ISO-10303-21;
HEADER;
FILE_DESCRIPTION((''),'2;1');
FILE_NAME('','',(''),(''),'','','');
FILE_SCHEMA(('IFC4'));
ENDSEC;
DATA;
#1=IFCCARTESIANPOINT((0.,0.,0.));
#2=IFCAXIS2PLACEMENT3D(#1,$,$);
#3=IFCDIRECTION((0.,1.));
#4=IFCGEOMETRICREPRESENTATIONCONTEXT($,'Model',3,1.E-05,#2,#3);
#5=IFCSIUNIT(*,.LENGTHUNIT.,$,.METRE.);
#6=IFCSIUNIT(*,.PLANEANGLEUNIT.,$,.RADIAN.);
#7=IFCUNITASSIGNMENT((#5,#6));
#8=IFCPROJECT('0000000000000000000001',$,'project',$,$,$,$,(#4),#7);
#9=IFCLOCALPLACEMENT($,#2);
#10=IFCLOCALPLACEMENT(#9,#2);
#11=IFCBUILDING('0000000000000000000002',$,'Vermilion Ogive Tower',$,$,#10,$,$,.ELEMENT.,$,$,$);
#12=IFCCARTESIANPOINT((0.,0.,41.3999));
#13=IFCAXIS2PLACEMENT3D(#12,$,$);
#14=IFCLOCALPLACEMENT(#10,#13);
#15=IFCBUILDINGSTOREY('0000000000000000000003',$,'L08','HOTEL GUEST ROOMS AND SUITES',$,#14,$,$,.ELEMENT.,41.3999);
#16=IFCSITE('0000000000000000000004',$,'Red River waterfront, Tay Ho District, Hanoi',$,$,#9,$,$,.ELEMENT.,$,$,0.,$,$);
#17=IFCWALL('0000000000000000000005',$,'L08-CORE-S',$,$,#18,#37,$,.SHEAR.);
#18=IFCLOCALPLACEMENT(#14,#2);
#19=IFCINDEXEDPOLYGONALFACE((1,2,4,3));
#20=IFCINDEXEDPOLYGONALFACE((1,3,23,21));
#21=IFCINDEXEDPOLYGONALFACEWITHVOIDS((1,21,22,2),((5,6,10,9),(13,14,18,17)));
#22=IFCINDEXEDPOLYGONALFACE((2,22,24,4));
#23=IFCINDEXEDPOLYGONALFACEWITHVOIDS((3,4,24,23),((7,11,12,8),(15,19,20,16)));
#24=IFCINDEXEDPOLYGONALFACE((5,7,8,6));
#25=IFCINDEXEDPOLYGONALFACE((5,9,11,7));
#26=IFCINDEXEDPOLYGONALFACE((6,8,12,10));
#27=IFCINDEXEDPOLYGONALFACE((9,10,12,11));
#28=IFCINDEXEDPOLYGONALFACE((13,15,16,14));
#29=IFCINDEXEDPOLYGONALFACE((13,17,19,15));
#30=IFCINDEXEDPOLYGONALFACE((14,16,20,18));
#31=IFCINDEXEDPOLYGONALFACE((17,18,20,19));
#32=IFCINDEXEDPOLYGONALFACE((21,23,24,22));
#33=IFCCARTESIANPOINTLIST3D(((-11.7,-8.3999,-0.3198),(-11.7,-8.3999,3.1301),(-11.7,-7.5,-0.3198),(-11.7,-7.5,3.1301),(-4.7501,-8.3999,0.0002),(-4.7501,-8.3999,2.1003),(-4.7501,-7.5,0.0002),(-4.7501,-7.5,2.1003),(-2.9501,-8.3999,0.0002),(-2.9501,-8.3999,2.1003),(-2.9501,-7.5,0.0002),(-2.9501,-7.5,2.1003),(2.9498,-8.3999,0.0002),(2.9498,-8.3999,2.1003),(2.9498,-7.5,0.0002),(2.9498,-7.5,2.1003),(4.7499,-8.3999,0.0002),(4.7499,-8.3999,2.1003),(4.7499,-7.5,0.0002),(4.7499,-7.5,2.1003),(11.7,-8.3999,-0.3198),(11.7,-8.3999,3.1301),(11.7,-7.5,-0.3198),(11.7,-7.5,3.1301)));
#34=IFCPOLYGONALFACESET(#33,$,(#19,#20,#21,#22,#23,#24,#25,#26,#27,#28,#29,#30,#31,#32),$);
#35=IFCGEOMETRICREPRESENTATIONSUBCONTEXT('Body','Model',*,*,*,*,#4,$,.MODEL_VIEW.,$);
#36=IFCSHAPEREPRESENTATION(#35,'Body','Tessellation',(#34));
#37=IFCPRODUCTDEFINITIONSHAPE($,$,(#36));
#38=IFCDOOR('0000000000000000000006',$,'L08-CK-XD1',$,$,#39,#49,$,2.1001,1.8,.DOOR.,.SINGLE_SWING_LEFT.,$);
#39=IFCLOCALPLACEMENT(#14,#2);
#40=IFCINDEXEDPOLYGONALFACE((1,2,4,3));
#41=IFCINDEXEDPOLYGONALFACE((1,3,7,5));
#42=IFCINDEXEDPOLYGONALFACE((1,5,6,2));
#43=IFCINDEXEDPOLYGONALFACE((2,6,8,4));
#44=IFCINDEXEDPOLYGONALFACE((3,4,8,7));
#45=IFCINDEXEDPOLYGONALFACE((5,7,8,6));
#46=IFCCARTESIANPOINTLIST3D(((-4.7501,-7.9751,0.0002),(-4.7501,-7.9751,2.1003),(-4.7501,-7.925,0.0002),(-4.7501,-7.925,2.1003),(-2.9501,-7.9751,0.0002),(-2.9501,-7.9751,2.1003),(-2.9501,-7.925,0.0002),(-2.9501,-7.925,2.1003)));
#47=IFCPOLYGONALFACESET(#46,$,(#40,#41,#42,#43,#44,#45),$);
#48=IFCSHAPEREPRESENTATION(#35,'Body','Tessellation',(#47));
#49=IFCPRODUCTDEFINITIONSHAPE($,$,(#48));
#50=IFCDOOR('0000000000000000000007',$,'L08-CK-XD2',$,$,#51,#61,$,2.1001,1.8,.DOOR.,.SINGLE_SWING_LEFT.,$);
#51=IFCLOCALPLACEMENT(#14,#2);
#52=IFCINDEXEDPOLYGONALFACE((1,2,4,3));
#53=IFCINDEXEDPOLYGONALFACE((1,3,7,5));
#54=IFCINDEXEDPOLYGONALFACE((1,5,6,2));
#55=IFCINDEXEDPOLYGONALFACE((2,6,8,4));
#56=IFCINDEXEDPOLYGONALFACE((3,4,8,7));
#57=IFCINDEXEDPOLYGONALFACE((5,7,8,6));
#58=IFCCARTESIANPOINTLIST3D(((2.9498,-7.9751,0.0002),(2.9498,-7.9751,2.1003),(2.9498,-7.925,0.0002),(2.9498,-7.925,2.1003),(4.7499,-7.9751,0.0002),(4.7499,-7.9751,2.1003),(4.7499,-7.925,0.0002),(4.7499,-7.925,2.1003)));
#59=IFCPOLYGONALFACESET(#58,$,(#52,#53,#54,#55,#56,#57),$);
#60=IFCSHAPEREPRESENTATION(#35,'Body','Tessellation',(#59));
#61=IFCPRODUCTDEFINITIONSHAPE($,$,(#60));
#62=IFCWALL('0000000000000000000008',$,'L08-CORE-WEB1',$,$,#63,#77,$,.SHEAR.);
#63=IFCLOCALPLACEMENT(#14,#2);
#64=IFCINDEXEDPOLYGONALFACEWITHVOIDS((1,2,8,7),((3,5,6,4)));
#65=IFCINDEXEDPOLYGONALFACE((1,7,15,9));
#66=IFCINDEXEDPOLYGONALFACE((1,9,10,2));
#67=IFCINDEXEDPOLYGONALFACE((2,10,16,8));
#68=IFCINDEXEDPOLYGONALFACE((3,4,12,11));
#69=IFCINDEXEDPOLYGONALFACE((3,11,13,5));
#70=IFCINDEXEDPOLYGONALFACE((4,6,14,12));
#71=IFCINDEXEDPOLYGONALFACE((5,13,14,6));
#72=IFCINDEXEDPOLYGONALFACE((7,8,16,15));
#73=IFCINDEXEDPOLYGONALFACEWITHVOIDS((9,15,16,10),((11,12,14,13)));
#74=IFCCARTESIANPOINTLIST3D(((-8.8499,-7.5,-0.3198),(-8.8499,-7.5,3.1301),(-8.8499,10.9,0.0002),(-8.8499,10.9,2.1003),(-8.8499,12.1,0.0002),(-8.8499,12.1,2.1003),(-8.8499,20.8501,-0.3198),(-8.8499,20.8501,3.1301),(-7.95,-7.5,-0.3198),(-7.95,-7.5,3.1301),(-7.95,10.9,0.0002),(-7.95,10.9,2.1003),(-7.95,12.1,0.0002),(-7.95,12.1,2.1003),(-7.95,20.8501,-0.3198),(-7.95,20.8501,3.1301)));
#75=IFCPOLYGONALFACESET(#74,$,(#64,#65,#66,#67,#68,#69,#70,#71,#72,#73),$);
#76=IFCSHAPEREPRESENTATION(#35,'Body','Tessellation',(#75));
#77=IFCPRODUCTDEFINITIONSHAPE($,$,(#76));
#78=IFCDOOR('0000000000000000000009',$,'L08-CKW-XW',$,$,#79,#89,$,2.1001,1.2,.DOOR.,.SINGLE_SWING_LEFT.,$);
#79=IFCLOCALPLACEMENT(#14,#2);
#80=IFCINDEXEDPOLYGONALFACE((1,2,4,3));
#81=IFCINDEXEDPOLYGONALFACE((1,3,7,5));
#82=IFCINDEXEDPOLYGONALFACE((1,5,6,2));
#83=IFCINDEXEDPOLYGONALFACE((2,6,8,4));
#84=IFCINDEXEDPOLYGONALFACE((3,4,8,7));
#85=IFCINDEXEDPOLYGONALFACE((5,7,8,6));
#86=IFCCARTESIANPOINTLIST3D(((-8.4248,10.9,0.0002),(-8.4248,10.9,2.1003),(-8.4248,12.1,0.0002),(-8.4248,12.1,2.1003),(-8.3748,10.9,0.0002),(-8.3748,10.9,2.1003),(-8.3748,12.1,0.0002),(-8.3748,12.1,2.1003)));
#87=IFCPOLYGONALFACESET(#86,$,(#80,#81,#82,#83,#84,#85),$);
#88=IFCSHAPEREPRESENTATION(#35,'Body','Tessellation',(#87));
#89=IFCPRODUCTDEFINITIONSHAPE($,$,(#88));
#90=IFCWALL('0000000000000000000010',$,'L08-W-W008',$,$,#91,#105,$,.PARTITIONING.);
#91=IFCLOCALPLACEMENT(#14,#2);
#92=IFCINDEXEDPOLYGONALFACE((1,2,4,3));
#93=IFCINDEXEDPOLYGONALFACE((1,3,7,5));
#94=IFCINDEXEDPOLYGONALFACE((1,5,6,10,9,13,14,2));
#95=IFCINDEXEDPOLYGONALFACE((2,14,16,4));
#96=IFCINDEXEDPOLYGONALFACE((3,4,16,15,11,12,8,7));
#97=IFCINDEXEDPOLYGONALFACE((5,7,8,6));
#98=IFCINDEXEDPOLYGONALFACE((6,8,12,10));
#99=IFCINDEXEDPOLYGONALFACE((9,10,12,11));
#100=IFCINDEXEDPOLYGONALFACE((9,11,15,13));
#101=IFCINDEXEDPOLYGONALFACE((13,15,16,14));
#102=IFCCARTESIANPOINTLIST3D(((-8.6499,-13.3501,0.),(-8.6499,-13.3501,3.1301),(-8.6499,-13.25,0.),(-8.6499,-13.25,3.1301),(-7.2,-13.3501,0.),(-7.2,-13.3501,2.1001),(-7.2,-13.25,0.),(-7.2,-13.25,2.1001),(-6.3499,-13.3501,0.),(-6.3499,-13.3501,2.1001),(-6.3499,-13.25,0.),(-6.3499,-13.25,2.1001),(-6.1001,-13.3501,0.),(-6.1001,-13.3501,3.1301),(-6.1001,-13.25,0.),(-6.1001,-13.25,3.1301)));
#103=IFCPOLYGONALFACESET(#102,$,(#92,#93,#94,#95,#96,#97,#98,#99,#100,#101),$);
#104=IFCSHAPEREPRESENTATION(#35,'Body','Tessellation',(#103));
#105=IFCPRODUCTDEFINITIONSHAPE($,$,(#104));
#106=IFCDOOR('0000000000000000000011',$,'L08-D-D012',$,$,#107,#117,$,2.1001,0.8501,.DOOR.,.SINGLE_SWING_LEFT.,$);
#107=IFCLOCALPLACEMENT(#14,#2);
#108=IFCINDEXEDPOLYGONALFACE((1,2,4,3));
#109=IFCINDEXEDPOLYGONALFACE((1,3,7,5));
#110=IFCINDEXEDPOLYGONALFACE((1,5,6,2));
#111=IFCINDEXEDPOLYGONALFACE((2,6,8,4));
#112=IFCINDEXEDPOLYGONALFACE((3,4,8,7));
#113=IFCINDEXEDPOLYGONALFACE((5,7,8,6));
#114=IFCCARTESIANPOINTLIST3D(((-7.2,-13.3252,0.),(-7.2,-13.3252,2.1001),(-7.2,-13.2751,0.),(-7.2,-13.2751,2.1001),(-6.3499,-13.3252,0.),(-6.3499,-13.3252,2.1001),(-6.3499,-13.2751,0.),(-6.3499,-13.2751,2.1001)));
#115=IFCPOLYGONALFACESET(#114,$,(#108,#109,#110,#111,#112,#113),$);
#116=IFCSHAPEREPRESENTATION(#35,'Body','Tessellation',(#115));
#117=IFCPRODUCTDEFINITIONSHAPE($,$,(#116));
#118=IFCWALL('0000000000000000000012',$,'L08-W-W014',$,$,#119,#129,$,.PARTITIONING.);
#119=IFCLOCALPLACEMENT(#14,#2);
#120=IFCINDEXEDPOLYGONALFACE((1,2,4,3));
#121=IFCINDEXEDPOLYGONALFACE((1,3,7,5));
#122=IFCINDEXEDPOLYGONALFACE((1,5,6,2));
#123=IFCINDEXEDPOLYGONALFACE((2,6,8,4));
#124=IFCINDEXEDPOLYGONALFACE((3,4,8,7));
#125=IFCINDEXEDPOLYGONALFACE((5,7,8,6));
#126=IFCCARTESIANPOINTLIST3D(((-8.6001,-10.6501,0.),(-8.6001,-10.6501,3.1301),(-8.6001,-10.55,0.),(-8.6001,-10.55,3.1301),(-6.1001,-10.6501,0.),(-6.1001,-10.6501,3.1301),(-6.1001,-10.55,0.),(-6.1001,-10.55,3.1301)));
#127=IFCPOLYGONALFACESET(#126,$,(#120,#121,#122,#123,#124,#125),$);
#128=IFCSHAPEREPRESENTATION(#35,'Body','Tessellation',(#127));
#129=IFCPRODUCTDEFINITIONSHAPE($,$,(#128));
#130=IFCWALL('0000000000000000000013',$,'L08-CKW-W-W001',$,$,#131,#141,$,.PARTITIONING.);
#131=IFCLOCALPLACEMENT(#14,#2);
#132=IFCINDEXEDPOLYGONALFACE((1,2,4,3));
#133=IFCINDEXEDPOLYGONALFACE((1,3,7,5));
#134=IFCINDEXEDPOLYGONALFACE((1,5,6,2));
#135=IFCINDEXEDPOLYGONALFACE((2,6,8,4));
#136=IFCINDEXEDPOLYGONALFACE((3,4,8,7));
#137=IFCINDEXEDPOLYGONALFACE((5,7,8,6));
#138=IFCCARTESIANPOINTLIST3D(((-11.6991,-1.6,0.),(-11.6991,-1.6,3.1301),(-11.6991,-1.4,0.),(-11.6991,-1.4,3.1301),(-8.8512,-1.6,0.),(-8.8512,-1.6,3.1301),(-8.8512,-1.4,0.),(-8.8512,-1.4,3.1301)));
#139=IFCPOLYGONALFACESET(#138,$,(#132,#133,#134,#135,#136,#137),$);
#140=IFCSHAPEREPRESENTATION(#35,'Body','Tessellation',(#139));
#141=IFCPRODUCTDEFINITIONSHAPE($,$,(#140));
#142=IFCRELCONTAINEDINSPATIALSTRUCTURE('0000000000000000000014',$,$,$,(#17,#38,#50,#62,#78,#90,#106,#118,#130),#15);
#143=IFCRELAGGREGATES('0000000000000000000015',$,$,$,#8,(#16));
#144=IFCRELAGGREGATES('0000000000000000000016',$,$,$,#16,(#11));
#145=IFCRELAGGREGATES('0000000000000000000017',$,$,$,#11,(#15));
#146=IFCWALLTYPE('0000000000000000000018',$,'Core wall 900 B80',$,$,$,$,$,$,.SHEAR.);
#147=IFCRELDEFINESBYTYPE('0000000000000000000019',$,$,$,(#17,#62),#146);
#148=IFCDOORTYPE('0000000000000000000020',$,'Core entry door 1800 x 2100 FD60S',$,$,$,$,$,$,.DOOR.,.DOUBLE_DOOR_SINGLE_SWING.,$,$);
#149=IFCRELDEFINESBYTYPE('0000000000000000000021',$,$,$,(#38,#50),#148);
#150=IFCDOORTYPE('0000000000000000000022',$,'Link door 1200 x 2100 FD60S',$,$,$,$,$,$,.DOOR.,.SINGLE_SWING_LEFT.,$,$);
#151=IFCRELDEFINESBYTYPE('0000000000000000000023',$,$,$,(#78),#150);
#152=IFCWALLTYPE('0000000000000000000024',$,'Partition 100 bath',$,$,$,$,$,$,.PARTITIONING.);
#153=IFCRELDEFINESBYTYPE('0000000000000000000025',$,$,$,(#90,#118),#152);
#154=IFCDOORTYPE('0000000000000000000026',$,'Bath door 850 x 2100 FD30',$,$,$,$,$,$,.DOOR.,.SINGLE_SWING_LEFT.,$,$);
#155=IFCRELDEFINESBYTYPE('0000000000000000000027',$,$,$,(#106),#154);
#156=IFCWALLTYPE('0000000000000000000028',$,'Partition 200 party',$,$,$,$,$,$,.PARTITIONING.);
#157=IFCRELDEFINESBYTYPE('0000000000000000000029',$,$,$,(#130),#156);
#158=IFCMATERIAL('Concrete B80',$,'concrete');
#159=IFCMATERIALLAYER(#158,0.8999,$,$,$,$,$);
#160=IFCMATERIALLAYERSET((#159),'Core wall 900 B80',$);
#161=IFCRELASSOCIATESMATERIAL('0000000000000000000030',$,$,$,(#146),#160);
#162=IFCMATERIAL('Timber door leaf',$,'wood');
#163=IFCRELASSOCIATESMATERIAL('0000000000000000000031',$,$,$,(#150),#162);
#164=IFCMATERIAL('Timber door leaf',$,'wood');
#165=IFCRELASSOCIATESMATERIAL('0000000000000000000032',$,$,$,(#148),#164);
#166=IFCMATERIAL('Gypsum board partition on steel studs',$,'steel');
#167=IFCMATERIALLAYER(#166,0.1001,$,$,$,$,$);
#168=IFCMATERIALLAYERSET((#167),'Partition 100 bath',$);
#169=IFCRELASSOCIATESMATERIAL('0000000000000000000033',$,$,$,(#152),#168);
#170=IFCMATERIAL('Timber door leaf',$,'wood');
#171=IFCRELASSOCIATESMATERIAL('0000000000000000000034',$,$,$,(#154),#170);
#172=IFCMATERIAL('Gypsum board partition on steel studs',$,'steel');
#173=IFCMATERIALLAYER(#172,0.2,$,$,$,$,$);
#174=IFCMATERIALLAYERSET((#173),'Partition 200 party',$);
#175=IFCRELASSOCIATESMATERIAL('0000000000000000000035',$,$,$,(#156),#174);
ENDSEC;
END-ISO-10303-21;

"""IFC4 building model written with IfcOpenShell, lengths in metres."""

from ifc_helpers import new_model, si_unit, direction, frame, frame_2d, origin, place, context, subcontext, project, spatial, rectangle, extrude, material, layer, layer_set, type_object, element, fill, save


model = new_model("IFC4")

# Units and contexts
model_context = context("Model", 3, precision=1e-05, world=origin(), true_north=direction((0.0, 1.0)))
body_context = subcontext(model_context, "Body", "Model", "MODEL_VIEW")
ifc_project = project(units=[si_unit("LENGTHUNIT", "METRE"), si_unit("PLANEANGLEUNIT", "RADIAN")], contexts=[model_context])

# Site, building, storey
site_placement = place(None, origin())
site = spatial("IfcSite", under=ifc_project, at=site_placement, Name="Red River waterfront, Tay Ho District, Hanoi", CompositionType="ELEMENT", RefElevation=0.0)
building_placement = place(site_placement, origin())
building = spatial("IfcBuilding", under=site, at=building_placement, Name="Vermilion Ogive Tower", CompositionType="ELEMENT")
storey_placement = place(building_placement, frame((0.0, 0.0, 41.3999)))
storey = spatial("IfcBuildingStorey", under=building, at=storey_placement, Name="L08", Description="HOTEL GUEST ROOMS AND SUITES", CompositionType="ELEMENT", Elevation=41.3999)

# Wall, openings, doors
ifc_material_1 = material(Name="Concrete B80", Category="concrete")
ifc_layer_1 = layer(ifc_material_1, 0.8999)
ifc_layer_set_1 = layer_set([ifc_layer_1], Name="Core wall 900 B80")
wall_type_1 = type_object("IfcWallType", Name="Core wall 900 B80", PredefinedType="SHEAR", material=ifc_layer_set_1)
ifc_material_2 = material(Name="Timber door leaf", Category="wood")
door_type_1 = type_object("IfcDoorType", Name="Link door 1200 x 2100 FD60S", OperationType="SINGLE_SWING_LEFT", PredefinedType="DOOR", material=ifc_material_2)
wall_1_placement = place(storey_placement, frame((-11.7, -7.95, -0.3198), z_axis=(0.0, 0.0, 1.0), x_axis=(1.0, 0.0, 0.0)))
wall_1 = element("IfcWall", 1, at=wall_1_placement, inside=storey, type_object=wall_type_1, Name="L08-CORE-S", PredefinedType="SHEAR", context=body_context, shape_type="SweptSolid", body=[
    extrude(rectangle(XDim=23.3999, YDim=0.8999, at=frame_2d((11.7, 0.0))), origin(), (0.0, 0.0, 1.0), 3.45),
])
opening_1_placement = place(wall_1_placement, frame((6.95, 0.0, 0.3201)))
opening_1 = element("IfcOpeningElement", 2, at=opening_1_placement, cuts=wall_1, PredefinedType="OPENING", context=body_context, shape_type="SweptSolid", body=[
    extrude(rectangle(XDim=1.8, YDim=2.1001, at=frame_2d((0.8999, 1.05))), frame((0.0, 0.46, 0.0), z_axis=(0.0, -1.0, 0.0), x_axis=(1.0, 0.0, 0.0)), (0.0, 0.0, 1.0), 0.9199),
])
opening_2_placement = place(wall_1_placement, frame((14.6499, 0.0, 0.3201)))
opening_2 = element("IfcOpeningElement", 3, at=opening_2_placement, cuts=wall_1, PredefinedType="OPENING", context=body_context, shape_type="SweptSolid", body=[
    extrude(rectangle(XDim=1.8, YDim=2.1001, at=frame_2d((0.8999, 1.05))), frame((0.0, 0.46, 0.0), z_axis=(0.0, -1.0, 0.0), x_axis=(1.0, 0.0, 0.0)), (0.0, 0.0, 1.0), 0.9199),
])
ifc_material_3 = material(Name="Timber door leaf", Category="wood")
door_type_2 = type_object("IfcDoorType", Name="Core entry door 1800 x 2100 FD60S", OperationType="DOUBLE_DOOR_SINGLE_SWING", PredefinedType="DOOR", material=ifc_material_3)
door_1_placement = place(opening_1_placement, origin())
door_1 = element("IfcDoor", 4, at=door_1_placement, inside=storey, type_object=door_type_2, Name="L08-CK-XD1", OperationType="SINGLE_SWING_LEFT", OverallHeight=2.1001, OverallWidth=1.8, PredefinedType="DOOR", context=body_context, shape_type="SweptSolid", body=[
    extrude(rectangle(XDim=1.8, YDim=2.1001, at=frame_2d((0.8999, 1.05))), frame((0.0, 0.0249, 0.0), z_axis=(0.0, -1.0, 0.0), x_axis=(1.0, 0.0, 0.0)), (0.0, 0.0, 1.0), 0.05),
])
fill(opening_1, door_1)
door_2_placement = place(opening_2_placement, origin())
door_2 = element("IfcDoor", 5, at=door_2_placement, inside=storey, type_object=door_type_2, Name="L08-CK-XD2", OperationType="SINGLE_SWING_LEFT", OverallHeight=2.1001, OverallWidth=1.8, PredefinedType="DOOR", context=body_context, shape_type="SweptSolid", body=[
    extrude(rectangle(XDim=1.8, YDim=2.1001, at=frame_2d((0.8999, 1.05))), frame((0.0, 0.0249, 0.0), z_axis=(0.0, -1.0, 0.0), x_axis=(1.0, 0.0, 0.0)), (0.0, 0.0, 1.0), 0.05),
])
fill(opening_2, door_2)

# Walls, openings, doors
wall_2_placement = place(storey_placement, frame((-8.3999, -7.5, -0.3198), z_axis=(0.0, 0.0, 1.0), x_axis=(0.0, 1.0, 0.0)))
wall_2 = element("IfcWall", 6, at=wall_2_placement, inside=storey, type_object=wall_type_1, Name="L08-CORE-WEB1", PredefinedType="SHEAR", context=body_context, shape_type="SweptSolid", body=[
    extrude(rectangle(XDim=28.3501, YDim=0.8999, at=frame_2d((14.175, 0.0))), origin(), (0.0, 0.0, 1.0), 3.45),
])
opening_3_placement = place(wall_2_placement, frame((18.3999, 0.0, 0.3201)))
opening_3 = element("IfcOpeningElement", 7, at=opening_3_placement, cuts=wall_2, PredefinedType="OPENING", context=body_context, shape_type="SweptSolid", body=[
    extrude(rectangle(XDim=1.2, YDim=2.1001, at=frame_2d((0.6001, 1.05))), frame((0.0, 0.46, 0.0), z_axis=(0.0, -1.0, 0.0), x_axis=(1.0, 0.0, 0.0)), (0.0, 0.0, 1.0), 0.9199),
])
door_3_placement = place(opening_3_placement, origin())
door_3 = element("IfcDoor", 8, at=door_3_placement, inside=storey, type_object=door_type_1, Name="L08-CKW-XW", OperationType="SINGLE_SWING_LEFT", OverallHeight=2.1001, OverallWidth=1.2, PredefinedType="DOOR", context=body_context, shape_type="SweptSolid", body=[
    extrude(rectangle(XDim=1.2, YDim=2.1001, at=frame_2d((0.6001, 1.05))), frame((0.0, 0.0249, 0.0), z_axis=(0.0, -1.0, 0.0), x_axis=(1.0, 0.0, 0.0)), (0.0, 0.0, 1.0), 0.05),
])
fill(opening_3, door_3)
ifc_material_4 = material(Name="Gypsum board partition on steel studs", Category="steel")
ifc_layer_2 = layer(ifc_material_4, 0.1001)
ifc_layer_set_2 = layer_set([ifc_layer_2], Name="Partition 100 bath")
wall_type_2 = type_object("IfcWallType", Name="Partition 100 bath", PredefinedType="PARTITIONING", material=ifc_layer_set_2)
wall_3_placement = place(storey_placement, frame((-8.6499, -13.3, 0.0), z_axis=(0.0, 0.0, 1.0), x_axis=(1.0, 0.0, 0.0)))
wall_3 = element("IfcWall", 9, at=wall_3_placement, inside=storey, type_object=wall_type_2, Name="L08-W-W008", PredefinedType="PARTITIONING", context=body_context, shape_type="SweptSolid", body=[
    extrude(rectangle(XDim=2.5498, YDim=0.1001, at=frame_2d((1.2749, 0.0))), origin(), (0.0, 0.0, 1.0), 3.1301),
])
opening_4_placement = place(wall_3_placement, frame((1.45, 0.0, 0.0)))
opening_4 = element("IfcOpeningElement", 10, at=opening_4_placement, cuts=wall_3, PredefinedType="OPENING", context=body_context, shape_type="SweptSolid", body=[
    extrude(rectangle(XDim=0.8501, YDim=2.1001, at=frame_2d((0.425, 1.05))), frame((0.0, 0.0601, 0.0), z_axis=(0.0, -1.0, 0.0), x_axis=(1.0, 0.0, 0.0)), (0.0, 0.0, 1.0), 0.1201),
])
ifc_material_5 = material(Name="Timber door leaf", Category="wood")
door_type_3 = type_object("IfcDoorType", Name="Bath door 850 x 2100 FD30", OperationType="SINGLE_SWING_LEFT", PredefinedType="DOOR", material=ifc_material_5)
door_4_placement = place(opening_4_placement, origin())
door_4 = element("IfcDoor", 11, at=door_4_placement, inside=storey, type_object=door_type_3, Name="L08-D-D012", OperationType="SINGLE_SWING_LEFT", OverallHeight=2.1001, OverallWidth=0.8501, PredefinedType="DOOR", context=body_context, shape_type="SweptSolid", body=[
    extrude(rectangle(XDim=0.8501, YDim=2.1001, at=frame_2d((0.425, 1.05))), frame((0.0, 0.0249, 0.0), z_axis=(0.0, -1.0, 0.0), x_axis=(1.0, 0.0, 0.0)), (0.0, 0.0, 1.0), 0.05),
])
fill(opening_4, door_4)

# Walls
wall_4_placement = place(storey_placement, frame((-8.6001, -10.6001, 0.0), z_axis=(0.0, 0.0, 1.0), x_axis=(1.0, 0.0, 0.0)))
element("IfcWall", 12, at=wall_4_placement, inside=storey, type_object=wall_type_2, Name="L08-W-W014", PredefinedType="PARTITIONING", context=body_context, shape_type="SweptSolid", body=[
    extrude(rectangle(XDim=2.5, YDim=0.1001, at=frame_2d((1.25, 0.0))), origin(), (0.0, 0.0, 1.0), 3.1301),
])
ifc_material_6 = material(Name="Gypsum board partition on steel studs", Category="steel")
ifc_layer_3 = layer(ifc_material_6, 0.2)
ifc_layer_set_3 = layer_set([ifc_layer_3], Name="Partition 200 party")
wall_type_3 = type_object("IfcWallType", Name="Partition 200 party", PredefinedType="PARTITIONING", material=ifc_layer_set_3)
wall_5_placement = place(storey_placement, frame((-11.699, -1.5, 0.0), z_axis=(0.0, 0.0, 1.0), x_axis=(1.0, 0.0, 0.0)))
element("IfcWall", 13, at=wall_5_placement, inside=storey, type_object=wall_type_3, Name="L08-CKW-W-W001", PredefinedType="PARTITIONING", context=body_context, shape_type="SweptSolid", body=[
    extrude(rectangle(XDim=2.8479, YDim=0.2, at=frame_2d((1.4238, 0.0))), origin(), (0.0, 0.0, 1.0), 3.1301),
])

save(model, "model.ifc")
